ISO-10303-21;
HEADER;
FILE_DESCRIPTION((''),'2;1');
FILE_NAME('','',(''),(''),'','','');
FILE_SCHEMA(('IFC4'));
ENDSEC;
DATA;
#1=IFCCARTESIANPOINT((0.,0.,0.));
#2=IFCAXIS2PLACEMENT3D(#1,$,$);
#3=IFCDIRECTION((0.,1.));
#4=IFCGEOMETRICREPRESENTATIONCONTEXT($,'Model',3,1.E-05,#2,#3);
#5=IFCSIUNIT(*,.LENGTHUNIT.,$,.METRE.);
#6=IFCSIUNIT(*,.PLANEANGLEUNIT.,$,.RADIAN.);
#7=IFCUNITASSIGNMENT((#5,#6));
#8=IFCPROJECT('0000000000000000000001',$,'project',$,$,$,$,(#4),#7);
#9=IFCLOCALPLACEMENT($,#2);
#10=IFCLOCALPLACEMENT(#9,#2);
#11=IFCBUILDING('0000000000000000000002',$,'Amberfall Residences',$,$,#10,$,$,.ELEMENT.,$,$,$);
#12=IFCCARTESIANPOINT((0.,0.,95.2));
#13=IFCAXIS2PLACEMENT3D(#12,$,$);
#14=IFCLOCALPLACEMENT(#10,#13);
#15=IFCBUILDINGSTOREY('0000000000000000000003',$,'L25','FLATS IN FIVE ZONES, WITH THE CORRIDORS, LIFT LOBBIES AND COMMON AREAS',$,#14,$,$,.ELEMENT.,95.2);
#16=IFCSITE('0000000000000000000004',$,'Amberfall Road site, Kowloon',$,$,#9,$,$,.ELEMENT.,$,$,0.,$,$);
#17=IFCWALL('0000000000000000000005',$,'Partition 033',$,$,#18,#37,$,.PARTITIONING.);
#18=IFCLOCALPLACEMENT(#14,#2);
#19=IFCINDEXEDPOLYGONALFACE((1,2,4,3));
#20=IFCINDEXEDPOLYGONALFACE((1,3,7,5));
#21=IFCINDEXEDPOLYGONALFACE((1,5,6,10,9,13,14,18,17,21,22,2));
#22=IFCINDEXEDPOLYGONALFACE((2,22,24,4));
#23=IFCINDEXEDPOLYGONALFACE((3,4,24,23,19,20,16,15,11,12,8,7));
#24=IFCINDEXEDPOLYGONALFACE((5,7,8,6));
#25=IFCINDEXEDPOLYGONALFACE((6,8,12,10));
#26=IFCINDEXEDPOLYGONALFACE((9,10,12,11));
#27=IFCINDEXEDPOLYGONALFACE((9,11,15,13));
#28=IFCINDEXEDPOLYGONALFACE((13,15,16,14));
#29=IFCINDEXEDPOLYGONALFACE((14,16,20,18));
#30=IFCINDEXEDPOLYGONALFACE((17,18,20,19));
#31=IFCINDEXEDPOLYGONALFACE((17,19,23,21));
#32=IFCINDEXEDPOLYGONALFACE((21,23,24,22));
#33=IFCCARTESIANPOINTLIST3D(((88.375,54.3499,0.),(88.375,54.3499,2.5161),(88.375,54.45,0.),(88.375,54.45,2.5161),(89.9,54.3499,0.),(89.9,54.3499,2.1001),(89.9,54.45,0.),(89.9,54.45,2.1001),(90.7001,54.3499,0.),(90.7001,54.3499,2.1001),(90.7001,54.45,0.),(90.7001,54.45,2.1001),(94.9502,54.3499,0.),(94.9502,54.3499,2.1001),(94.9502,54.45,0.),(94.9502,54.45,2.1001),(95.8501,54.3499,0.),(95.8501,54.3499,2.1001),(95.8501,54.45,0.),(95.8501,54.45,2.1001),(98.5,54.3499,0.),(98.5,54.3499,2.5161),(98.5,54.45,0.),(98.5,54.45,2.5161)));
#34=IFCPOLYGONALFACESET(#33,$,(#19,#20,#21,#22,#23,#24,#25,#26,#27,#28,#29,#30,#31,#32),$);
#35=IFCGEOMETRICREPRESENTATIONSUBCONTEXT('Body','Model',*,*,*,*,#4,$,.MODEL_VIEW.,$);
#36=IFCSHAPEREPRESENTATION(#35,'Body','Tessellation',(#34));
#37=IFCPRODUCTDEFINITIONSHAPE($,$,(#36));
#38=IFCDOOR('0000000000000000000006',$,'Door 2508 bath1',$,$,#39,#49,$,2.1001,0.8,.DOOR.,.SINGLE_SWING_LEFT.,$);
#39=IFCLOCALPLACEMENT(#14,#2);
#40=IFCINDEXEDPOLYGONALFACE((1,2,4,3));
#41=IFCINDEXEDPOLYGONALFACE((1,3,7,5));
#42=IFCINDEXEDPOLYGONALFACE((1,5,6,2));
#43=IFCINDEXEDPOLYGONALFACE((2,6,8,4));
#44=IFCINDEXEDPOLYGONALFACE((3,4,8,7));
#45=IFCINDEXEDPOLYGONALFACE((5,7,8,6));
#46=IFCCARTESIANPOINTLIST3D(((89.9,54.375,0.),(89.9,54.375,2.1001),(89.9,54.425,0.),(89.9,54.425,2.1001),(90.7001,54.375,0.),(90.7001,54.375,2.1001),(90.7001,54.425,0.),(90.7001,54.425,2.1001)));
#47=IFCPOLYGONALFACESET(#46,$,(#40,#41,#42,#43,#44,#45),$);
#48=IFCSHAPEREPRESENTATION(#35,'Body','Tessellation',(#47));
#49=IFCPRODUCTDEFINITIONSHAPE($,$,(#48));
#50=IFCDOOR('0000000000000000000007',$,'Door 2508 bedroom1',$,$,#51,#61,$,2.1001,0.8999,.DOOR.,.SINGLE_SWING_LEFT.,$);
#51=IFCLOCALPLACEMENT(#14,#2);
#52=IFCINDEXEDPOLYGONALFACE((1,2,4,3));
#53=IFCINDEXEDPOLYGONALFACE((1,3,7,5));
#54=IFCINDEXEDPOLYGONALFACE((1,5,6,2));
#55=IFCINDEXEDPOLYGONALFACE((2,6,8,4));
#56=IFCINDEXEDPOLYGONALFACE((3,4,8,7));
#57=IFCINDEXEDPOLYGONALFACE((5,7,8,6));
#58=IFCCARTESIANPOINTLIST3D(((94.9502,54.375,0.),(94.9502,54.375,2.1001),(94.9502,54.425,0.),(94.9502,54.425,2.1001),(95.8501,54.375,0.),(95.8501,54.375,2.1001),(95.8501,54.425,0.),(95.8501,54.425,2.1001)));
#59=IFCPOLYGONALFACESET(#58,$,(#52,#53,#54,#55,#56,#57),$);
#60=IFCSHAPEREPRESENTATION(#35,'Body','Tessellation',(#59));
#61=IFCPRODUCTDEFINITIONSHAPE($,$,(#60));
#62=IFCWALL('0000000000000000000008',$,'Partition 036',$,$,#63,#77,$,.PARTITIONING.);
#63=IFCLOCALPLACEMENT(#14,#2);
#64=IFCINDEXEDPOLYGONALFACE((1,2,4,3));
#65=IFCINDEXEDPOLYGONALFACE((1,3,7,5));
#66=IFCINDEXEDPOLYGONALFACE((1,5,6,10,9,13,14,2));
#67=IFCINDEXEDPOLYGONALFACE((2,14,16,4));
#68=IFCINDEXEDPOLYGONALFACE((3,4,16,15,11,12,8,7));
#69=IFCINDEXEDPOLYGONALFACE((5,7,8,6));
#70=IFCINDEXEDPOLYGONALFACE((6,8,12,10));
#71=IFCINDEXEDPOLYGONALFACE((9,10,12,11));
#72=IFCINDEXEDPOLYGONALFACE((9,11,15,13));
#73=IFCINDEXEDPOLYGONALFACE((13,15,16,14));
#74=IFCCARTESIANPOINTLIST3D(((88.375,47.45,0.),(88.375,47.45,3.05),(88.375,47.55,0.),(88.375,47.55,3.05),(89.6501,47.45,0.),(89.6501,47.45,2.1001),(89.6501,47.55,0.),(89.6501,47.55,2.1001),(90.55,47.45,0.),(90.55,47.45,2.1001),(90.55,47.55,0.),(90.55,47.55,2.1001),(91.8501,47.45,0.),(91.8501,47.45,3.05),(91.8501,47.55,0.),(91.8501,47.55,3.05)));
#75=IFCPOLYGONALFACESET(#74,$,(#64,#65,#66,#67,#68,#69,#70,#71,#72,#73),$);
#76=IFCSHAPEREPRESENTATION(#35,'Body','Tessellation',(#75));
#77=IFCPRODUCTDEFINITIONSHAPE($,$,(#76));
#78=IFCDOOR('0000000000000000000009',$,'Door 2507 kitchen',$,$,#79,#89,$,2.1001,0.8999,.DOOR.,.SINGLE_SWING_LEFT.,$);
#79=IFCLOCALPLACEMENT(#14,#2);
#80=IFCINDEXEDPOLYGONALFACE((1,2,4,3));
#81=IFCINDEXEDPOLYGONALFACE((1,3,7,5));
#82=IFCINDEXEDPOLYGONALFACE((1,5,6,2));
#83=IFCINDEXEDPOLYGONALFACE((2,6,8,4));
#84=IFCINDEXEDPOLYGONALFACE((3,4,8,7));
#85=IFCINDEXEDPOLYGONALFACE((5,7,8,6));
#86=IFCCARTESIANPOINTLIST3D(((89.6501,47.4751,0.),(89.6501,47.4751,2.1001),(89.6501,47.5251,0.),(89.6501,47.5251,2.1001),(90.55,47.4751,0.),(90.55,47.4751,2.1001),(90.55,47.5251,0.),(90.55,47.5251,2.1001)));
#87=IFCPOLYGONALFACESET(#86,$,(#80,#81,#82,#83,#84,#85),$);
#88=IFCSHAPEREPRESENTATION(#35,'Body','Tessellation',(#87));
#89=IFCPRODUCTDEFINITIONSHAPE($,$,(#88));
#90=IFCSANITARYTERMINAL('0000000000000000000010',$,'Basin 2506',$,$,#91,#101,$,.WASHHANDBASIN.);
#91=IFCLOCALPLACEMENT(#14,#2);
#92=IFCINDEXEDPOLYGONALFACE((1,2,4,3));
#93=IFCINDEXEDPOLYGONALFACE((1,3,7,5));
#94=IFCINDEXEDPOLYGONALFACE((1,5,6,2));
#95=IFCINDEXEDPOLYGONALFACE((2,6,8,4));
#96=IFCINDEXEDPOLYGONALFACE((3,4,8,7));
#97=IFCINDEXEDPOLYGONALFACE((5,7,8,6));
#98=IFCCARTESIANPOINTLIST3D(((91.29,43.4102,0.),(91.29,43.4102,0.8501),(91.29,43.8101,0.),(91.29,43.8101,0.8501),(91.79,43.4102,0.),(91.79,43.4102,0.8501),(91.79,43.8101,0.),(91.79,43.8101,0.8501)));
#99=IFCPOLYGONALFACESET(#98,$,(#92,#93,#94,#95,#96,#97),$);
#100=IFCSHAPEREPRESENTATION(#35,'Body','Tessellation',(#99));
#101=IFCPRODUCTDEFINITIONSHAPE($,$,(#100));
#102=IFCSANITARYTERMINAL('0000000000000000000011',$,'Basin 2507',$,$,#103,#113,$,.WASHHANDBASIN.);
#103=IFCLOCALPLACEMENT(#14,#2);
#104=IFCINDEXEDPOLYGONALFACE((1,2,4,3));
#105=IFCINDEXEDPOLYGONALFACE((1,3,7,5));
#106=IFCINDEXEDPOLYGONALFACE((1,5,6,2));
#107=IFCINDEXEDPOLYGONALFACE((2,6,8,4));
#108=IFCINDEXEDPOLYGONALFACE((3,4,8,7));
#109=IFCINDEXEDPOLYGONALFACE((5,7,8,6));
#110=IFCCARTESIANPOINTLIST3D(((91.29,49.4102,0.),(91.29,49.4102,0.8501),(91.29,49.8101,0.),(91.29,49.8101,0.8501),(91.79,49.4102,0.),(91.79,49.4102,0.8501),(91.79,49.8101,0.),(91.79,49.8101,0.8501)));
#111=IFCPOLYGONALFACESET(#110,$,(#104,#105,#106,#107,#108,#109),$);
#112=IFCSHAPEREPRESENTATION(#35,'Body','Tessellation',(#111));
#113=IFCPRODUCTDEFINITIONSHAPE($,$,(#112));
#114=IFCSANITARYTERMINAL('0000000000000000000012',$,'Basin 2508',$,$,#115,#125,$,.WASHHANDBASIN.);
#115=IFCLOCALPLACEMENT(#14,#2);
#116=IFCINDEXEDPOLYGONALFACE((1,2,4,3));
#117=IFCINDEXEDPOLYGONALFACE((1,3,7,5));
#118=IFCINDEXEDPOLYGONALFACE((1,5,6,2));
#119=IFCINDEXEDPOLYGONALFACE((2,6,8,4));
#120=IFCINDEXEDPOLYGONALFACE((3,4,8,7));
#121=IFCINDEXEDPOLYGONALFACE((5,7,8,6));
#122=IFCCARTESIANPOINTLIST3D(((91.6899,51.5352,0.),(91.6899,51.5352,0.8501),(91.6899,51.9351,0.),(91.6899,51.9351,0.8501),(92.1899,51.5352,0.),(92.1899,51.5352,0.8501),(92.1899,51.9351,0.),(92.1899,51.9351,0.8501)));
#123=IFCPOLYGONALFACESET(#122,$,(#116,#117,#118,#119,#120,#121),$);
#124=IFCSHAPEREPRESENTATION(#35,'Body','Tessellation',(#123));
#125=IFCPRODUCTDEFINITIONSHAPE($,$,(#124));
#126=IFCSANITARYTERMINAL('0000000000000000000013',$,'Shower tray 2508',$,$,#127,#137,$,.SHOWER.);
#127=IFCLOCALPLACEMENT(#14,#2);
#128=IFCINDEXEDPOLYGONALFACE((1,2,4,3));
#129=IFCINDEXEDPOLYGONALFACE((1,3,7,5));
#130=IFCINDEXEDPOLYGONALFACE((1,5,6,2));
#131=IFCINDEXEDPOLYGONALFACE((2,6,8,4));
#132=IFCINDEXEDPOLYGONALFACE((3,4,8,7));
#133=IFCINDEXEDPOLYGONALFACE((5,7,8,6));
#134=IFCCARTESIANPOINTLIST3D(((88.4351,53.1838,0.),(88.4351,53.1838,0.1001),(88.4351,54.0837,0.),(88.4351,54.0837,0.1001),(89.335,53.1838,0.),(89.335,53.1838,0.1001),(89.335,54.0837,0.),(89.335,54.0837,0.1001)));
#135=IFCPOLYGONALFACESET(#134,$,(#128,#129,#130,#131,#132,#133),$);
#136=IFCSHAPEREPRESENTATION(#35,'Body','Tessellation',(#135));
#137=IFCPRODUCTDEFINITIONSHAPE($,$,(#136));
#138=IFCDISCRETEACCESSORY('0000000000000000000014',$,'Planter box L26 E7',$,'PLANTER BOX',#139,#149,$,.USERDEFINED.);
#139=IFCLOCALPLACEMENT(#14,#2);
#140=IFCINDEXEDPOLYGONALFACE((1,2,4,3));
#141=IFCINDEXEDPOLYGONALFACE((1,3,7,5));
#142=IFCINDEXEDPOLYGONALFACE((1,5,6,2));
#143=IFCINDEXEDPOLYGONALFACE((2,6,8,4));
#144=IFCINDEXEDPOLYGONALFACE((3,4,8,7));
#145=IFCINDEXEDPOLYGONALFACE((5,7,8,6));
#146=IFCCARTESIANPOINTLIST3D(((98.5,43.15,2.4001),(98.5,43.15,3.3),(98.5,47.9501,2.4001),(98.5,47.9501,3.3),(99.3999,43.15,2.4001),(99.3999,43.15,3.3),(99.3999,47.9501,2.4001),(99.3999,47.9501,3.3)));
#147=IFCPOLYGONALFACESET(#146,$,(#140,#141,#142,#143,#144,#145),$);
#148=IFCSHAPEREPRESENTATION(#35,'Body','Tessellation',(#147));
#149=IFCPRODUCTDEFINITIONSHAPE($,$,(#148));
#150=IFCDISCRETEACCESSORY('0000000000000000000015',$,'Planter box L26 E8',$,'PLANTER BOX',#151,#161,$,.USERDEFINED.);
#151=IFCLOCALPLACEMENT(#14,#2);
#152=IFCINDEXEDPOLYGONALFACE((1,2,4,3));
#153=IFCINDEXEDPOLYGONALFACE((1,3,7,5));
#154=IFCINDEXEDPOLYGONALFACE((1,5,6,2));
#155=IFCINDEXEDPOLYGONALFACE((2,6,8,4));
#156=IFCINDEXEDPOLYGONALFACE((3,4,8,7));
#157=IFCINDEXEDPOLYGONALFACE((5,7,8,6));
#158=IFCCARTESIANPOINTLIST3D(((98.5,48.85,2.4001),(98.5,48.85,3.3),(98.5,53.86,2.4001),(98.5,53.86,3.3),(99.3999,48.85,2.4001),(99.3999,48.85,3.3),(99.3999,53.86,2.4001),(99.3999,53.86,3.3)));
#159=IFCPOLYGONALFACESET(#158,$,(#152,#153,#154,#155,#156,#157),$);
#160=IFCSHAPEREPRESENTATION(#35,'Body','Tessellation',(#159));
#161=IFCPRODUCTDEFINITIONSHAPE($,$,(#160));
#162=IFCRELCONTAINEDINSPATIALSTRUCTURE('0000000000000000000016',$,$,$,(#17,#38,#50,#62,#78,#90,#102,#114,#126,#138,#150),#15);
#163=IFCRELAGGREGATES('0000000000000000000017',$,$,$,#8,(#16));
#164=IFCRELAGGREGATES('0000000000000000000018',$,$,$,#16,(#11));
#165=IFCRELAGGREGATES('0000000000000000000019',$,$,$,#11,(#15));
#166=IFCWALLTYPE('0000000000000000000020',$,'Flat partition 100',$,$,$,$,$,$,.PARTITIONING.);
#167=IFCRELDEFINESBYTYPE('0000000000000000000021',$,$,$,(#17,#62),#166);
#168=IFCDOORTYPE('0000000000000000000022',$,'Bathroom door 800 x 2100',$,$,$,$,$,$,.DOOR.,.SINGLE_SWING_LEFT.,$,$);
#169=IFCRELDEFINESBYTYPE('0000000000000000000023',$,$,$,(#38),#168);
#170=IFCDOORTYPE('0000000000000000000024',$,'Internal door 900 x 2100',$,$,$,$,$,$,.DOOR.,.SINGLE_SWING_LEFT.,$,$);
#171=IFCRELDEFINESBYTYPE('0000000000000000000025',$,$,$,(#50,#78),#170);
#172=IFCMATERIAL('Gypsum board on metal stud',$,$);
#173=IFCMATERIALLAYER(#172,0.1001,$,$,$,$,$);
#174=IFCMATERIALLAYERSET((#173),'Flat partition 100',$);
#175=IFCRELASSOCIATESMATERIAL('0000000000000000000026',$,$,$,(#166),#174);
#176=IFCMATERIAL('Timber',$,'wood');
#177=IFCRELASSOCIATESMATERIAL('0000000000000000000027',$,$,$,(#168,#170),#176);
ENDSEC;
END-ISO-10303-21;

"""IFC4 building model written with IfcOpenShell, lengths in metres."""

from ifc_helpers import new_model, si_unit, direction, frame, frame_2d, origin, origin_2d, place, context, subcontext, project, spatial, rectangle, extrude, material, layer, layer_set, type_object, element, fill, save


model = new_model("IFC4")

# Units and contexts
model_context = context("Model", 3, precision=1e-05, world=origin(), true_north=direction((0.0, 1.0)))
body_context = subcontext(model_context, "Body", "Model", "MODEL_VIEW")
ifc_project = project(units=[si_unit("LENGTHUNIT", "METRE"), si_unit("PLANEANGLEUNIT", "RADIAN")], contexts=[model_context])

# Site, building, storey
site_placement = place(None, origin())
site = spatial("IfcSite", under=ifc_project, at=site_placement, Name="Amberfall Road site, Kowloon", CompositionType="ELEMENT", RefElevation=0.0)
building_placement = place(site_placement, origin())
building = spatial("IfcBuilding", under=site, at=building_placement, Name="Amberfall Residences", CompositionType="ELEMENT")
storey_placement = place(building_placement, frame((0.0, 0.0, 95.2)))
storey = spatial("IfcBuildingStorey", under=building, at=storey_placement, Name="L25", Description="FLATS IN FIVE ZONES, WITH THE CORRIDORS, LIFT LOBBIES AND COMMON AREAS", CompositionType="ELEMENT", Elevation=95.2)

# Shared definitions
ifc_material_1 = material(Name="Gypsum board on metal stud")
ifc_layer_1 = layer(ifc_material_1, 0.1001)
ifc_layer_set_1 = layer_set([ifc_layer_1], Name="Flat partition 100")
wall_type_1 = type_object("IfcWallType", Name="Flat partition 100", PredefinedType="PARTITIONING", material=ifc_layer_set_1)

# Wall, openings, doors
wall_1_placement = place(storey_placement, frame((98.5, 54.3999, 0.0), z_axis=(0.0, 0.0, 1.0), x_axis=(-1.0, 0.0, 0.0)))
wall_1 = element("IfcWall", 1, at=wall_1_placement, inside=storey, type_object=wall_type_1, Name="Partition 033", PredefinedType="PARTITIONING", context=body_context, shape_type="SweptSolid", body=[
    extrude(rectangle(XDim=10.125, YDim=0.1001, at=frame_2d((5.0625, 0.0))), origin(), (0.0, 0.0, 1.0), 2.5161),
])
opening_1_placement = place(wall_1_placement, frame((2.6499, 0.0, 0.0)))
opening_1 = element("IfcOpeningElement", 2, at=opening_1_placement, cuts=wall_1, PredefinedType="OPENING", context=body_context, shape_type="SweptSolid", body=[
    extrude(rectangle(XDim=0.8999, YDim=2.1001, at=frame_2d((0.45, 1.05))), frame((0.0, 0.0601, 0.0), z_axis=(0.0, -1.0, 0.0), x_axis=(1.0, 0.0, 0.0)), (0.0, 0.0, 1.0), 0.1201),
])
opening_2_placement = place(wall_1_placement, frame((7.8, 0.0, 0.0)))
opening_2 = element("IfcOpeningElement", 3, at=opening_2_placement, cuts=wall_1, PredefinedType="OPENING", context=body_context, shape_type="SweptSolid", body=[
    extrude(rectangle(XDim=0.8, YDim=2.1001, at=frame_2d((0.3999, 1.05))), frame((0.0, 0.0601, 0.0), z_axis=(0.0, -1.0, 0.0), x_axis=(1.0, 0.0, 0.0)), (0.0, 0.0, 1.0), 0.1201),
])
ifc_material_2 = material(Name="Timber", Category="wood")
door_type_1 = type_object("IfcDoorType", Name="Bathroom door 800 x 2100", OperationType="SINGLE_SWING_LEFT", PredefinedType="DOOR", material=ifc_material_2)
door_1_placement = place(opening_2_placement, origin())
door_1 = element("IfcDoor", 4, at=door_1_placement, inside=storey, type_object=door_type_1, Name="Door 2508 bath1", OperationType="SINGLE_SWING_LEFT", OverallHeight=2.1001, OverallWidth=0.8, PredefinedType="DOOR", context=body_context, shape_type="SweptSolid", body=[
    extrude(rectangle(XDim=0.8, YDim=2.1001, at=frame_2d((0.3999, 1.05))), frame((0.0, 0.0249, 0.0), z_axis=(0.0, -1.0, 0.0), x_axis=(1.0, 0.0, 0.0)), (0.0, 0.0, 1.0), 0.05),
])
fill(opening_2, door_1)
door_type_2 = type_object("IfcDoorType", Name="Internal door 900 x 2100", OperationType="SINGLE_SWING_LEFT", PredefinedType="DOOR", material=ifc_material_2)
door_2_placement = place(opening_1_placement, origin())
door_2 = element("IfcDoor", 5, at=door_2_placement, inside=storey, type_object=door_type_2, Name="Door 2508 bedroom1", OperationType="SINGLE_SWING_LEFT", OverallHeight=2.1001, OverallWidth=0.8999, PredefinedType="DOOR", context=body_context, shape_type="SweptSolid", body=[
    extrude(rectangle(XDim=0.8999, YDim=2.1001, at=frame_2d((0.45, 1.05))), frame((0.0, 0.0249, 0.0), z_axis=(0.0, -1.0, 0.0), x_axis=(1.0, 0.0, 0.0)), (0.0, 0.0, 1.0), 0.05),
])
fill(opening_1, door_2)

# Wall, opening, door
wall_2_placement = place(storey_placement, frame((91.8501, 47.5, 0.0), z_axis=(0.0, 0.0, 1.0), x_axis=(-1.0, 0.0, 0.0)))
wall_2 = element("IfcWall", 6, at=wall_2_placement, inside=storey, type_object=wall_type_1, Name="Partition 036", PredefinedType="PARTITIONING", context=body_context, shape_type="SweptSolid", body=[
    extrude(rectangle(XDim=3.4751, YDim=0.1001, at=frame_2d((1.7375, 0.0))), origin(), (0.0, 0.0, 1.0), 3.05),
])
opening_3_placement = place(wall_2_placement, frame((1.3, 0.0, 0.0)))
opening_3 = element("IfcOpeningElement", 7, at=opening_3_placement, cuts=wall_2, PredefinedType="OPENING", context=body_context, shape_type="SweptSolid", body=[
    extrude(rectangle(XDim=0.8999, YDim=2.1001, at=frame_2d((0.45, 1.05))), frame((0.0, 0.0601, 0.0), z_axis=(0.0, -1.0, 0.0), x_axis=(1.0, 0.0, 0.0)), (0.0, 0.0, 1.0), 0.1201),
])
door_3_placement = place(opening_3_placement, origin())
door_3 = element("IfcDoor", 8, at=door_3_placement, inside=storey, type_object=door_type_2, Name="Door 2507 kitchen", OperationType="SINGLE_SWING_LEFT", OverallHeight=2.1001, OverallWidth=0.8999, PredefinedType="DOOR", context=body_context, shape_type="SweptSolid", body=[
    extrude(rectangle(XDim=0.8999, YDim=2.1001, at=frame_2d((0.45, 1.05))), frame((0.0, 0.0249, 0.0), z_axis=(0.0, -1.0, 0.0), x_axis=(1.0, 0.0, 0.0)), (0.0, 0.0, 1.0), 0.05),
])
fill(opening_3, door_3)

# Sanitary terminals
for number, where, z_axis, x_axis, name in (
    (9, (91.54, 43.6101, 0.0), (0.0, 0.0, 1.0), (1.0, 0.0, 0.0), "Basin 2506"),
    (10, (91.54, 49.6101, 0.0), (0.0, 0.0, 1.0), (1.0, 0.0, 0.0), "Basin 2507"),
    (11, (91.9399, 51.7351, 0.0), (0.0, 0.0, 1.0), (1.0, 0.0, 0.0), "Basin 2508"),
):
    element("IfcSanitaryTerminal", number, at=place(storey_placement, frame(where, z_axis=z_axis, x_axis=x_axis)), inside=storey, Name=name, PredefinedType="WASHHANDBASIN", context=body_context, shape_type="SweptSolid", body=[
        extrude(rectangle(XDim=0.5, YDim=0.3999, at=origin_2d()), origin(), (0.0, 0.0, 1.0), 0.8501),
    ])
sanitary_terminal_placement = place(storey_placement, frame((88.885, 53.6338, 0.0), z_axis=(0.0, 0.0, 1.0), x_axis=(1.0, 0.0, 0.0)))
element("IfcSanitaryTerminal", 12, at=sanitary_terminal_placement, inside=storey, Name="Shower tray 2508", PredefinedType="SHOWER", context=body_context, shape_type="SweptSolid", body=[
    extrude(rectangle(XDim=0.8999, YDim=0.8999, at=origin_2d()), origin(), (0.0, 0.0, 1.0), 0.1001),
])

# Discrete accessories
discrete_accessory_1_placement = place(storey_placement, frame((98.95, 45.55, 2.4001), z_axis=(0.0, 0.0, 1.0), x_axis=(0.0, 1.0, 0.0)))
element("IfcDiscreteAccessory", 13, at=discrete_accessory_1_placement, inside=storey, Name="Planter box L26 E7", ObjectType="PLANTER BOX", PredefinedType="USERDEFINED", context=body_context, shape_type="SweptSolid", body=[
    extrude(rectangle(XDim=4.8, YDim=0.8999, at=origin_2d()), origin(), (0.0, 0.0, 1.0), 0.8999),
])
discrete_accessory_2_placement = place(storey_placement, frame((98.95, 51.355, 2.4001), z_axis=(0.0, 0.0, 1.0), x_axis=(0.0, 1.0, 0.0)))
element("IfcDiscreteAccessory", 14, at=discrete_accessory_2_placement, inside=storey, Name="Planter box L26 E8", ObjectType="PLANTER BOX", PredefinedType="USERDEFINED", context=body_context, shape_type="SweptSolid", body=[
    extrude(rectangle(XDim=5.01, YDim=0.8999, at=origin_2d()), origin(), (0.0, 0.0, 1.0), 0.8999),
])

save(model, "model.ifc")
